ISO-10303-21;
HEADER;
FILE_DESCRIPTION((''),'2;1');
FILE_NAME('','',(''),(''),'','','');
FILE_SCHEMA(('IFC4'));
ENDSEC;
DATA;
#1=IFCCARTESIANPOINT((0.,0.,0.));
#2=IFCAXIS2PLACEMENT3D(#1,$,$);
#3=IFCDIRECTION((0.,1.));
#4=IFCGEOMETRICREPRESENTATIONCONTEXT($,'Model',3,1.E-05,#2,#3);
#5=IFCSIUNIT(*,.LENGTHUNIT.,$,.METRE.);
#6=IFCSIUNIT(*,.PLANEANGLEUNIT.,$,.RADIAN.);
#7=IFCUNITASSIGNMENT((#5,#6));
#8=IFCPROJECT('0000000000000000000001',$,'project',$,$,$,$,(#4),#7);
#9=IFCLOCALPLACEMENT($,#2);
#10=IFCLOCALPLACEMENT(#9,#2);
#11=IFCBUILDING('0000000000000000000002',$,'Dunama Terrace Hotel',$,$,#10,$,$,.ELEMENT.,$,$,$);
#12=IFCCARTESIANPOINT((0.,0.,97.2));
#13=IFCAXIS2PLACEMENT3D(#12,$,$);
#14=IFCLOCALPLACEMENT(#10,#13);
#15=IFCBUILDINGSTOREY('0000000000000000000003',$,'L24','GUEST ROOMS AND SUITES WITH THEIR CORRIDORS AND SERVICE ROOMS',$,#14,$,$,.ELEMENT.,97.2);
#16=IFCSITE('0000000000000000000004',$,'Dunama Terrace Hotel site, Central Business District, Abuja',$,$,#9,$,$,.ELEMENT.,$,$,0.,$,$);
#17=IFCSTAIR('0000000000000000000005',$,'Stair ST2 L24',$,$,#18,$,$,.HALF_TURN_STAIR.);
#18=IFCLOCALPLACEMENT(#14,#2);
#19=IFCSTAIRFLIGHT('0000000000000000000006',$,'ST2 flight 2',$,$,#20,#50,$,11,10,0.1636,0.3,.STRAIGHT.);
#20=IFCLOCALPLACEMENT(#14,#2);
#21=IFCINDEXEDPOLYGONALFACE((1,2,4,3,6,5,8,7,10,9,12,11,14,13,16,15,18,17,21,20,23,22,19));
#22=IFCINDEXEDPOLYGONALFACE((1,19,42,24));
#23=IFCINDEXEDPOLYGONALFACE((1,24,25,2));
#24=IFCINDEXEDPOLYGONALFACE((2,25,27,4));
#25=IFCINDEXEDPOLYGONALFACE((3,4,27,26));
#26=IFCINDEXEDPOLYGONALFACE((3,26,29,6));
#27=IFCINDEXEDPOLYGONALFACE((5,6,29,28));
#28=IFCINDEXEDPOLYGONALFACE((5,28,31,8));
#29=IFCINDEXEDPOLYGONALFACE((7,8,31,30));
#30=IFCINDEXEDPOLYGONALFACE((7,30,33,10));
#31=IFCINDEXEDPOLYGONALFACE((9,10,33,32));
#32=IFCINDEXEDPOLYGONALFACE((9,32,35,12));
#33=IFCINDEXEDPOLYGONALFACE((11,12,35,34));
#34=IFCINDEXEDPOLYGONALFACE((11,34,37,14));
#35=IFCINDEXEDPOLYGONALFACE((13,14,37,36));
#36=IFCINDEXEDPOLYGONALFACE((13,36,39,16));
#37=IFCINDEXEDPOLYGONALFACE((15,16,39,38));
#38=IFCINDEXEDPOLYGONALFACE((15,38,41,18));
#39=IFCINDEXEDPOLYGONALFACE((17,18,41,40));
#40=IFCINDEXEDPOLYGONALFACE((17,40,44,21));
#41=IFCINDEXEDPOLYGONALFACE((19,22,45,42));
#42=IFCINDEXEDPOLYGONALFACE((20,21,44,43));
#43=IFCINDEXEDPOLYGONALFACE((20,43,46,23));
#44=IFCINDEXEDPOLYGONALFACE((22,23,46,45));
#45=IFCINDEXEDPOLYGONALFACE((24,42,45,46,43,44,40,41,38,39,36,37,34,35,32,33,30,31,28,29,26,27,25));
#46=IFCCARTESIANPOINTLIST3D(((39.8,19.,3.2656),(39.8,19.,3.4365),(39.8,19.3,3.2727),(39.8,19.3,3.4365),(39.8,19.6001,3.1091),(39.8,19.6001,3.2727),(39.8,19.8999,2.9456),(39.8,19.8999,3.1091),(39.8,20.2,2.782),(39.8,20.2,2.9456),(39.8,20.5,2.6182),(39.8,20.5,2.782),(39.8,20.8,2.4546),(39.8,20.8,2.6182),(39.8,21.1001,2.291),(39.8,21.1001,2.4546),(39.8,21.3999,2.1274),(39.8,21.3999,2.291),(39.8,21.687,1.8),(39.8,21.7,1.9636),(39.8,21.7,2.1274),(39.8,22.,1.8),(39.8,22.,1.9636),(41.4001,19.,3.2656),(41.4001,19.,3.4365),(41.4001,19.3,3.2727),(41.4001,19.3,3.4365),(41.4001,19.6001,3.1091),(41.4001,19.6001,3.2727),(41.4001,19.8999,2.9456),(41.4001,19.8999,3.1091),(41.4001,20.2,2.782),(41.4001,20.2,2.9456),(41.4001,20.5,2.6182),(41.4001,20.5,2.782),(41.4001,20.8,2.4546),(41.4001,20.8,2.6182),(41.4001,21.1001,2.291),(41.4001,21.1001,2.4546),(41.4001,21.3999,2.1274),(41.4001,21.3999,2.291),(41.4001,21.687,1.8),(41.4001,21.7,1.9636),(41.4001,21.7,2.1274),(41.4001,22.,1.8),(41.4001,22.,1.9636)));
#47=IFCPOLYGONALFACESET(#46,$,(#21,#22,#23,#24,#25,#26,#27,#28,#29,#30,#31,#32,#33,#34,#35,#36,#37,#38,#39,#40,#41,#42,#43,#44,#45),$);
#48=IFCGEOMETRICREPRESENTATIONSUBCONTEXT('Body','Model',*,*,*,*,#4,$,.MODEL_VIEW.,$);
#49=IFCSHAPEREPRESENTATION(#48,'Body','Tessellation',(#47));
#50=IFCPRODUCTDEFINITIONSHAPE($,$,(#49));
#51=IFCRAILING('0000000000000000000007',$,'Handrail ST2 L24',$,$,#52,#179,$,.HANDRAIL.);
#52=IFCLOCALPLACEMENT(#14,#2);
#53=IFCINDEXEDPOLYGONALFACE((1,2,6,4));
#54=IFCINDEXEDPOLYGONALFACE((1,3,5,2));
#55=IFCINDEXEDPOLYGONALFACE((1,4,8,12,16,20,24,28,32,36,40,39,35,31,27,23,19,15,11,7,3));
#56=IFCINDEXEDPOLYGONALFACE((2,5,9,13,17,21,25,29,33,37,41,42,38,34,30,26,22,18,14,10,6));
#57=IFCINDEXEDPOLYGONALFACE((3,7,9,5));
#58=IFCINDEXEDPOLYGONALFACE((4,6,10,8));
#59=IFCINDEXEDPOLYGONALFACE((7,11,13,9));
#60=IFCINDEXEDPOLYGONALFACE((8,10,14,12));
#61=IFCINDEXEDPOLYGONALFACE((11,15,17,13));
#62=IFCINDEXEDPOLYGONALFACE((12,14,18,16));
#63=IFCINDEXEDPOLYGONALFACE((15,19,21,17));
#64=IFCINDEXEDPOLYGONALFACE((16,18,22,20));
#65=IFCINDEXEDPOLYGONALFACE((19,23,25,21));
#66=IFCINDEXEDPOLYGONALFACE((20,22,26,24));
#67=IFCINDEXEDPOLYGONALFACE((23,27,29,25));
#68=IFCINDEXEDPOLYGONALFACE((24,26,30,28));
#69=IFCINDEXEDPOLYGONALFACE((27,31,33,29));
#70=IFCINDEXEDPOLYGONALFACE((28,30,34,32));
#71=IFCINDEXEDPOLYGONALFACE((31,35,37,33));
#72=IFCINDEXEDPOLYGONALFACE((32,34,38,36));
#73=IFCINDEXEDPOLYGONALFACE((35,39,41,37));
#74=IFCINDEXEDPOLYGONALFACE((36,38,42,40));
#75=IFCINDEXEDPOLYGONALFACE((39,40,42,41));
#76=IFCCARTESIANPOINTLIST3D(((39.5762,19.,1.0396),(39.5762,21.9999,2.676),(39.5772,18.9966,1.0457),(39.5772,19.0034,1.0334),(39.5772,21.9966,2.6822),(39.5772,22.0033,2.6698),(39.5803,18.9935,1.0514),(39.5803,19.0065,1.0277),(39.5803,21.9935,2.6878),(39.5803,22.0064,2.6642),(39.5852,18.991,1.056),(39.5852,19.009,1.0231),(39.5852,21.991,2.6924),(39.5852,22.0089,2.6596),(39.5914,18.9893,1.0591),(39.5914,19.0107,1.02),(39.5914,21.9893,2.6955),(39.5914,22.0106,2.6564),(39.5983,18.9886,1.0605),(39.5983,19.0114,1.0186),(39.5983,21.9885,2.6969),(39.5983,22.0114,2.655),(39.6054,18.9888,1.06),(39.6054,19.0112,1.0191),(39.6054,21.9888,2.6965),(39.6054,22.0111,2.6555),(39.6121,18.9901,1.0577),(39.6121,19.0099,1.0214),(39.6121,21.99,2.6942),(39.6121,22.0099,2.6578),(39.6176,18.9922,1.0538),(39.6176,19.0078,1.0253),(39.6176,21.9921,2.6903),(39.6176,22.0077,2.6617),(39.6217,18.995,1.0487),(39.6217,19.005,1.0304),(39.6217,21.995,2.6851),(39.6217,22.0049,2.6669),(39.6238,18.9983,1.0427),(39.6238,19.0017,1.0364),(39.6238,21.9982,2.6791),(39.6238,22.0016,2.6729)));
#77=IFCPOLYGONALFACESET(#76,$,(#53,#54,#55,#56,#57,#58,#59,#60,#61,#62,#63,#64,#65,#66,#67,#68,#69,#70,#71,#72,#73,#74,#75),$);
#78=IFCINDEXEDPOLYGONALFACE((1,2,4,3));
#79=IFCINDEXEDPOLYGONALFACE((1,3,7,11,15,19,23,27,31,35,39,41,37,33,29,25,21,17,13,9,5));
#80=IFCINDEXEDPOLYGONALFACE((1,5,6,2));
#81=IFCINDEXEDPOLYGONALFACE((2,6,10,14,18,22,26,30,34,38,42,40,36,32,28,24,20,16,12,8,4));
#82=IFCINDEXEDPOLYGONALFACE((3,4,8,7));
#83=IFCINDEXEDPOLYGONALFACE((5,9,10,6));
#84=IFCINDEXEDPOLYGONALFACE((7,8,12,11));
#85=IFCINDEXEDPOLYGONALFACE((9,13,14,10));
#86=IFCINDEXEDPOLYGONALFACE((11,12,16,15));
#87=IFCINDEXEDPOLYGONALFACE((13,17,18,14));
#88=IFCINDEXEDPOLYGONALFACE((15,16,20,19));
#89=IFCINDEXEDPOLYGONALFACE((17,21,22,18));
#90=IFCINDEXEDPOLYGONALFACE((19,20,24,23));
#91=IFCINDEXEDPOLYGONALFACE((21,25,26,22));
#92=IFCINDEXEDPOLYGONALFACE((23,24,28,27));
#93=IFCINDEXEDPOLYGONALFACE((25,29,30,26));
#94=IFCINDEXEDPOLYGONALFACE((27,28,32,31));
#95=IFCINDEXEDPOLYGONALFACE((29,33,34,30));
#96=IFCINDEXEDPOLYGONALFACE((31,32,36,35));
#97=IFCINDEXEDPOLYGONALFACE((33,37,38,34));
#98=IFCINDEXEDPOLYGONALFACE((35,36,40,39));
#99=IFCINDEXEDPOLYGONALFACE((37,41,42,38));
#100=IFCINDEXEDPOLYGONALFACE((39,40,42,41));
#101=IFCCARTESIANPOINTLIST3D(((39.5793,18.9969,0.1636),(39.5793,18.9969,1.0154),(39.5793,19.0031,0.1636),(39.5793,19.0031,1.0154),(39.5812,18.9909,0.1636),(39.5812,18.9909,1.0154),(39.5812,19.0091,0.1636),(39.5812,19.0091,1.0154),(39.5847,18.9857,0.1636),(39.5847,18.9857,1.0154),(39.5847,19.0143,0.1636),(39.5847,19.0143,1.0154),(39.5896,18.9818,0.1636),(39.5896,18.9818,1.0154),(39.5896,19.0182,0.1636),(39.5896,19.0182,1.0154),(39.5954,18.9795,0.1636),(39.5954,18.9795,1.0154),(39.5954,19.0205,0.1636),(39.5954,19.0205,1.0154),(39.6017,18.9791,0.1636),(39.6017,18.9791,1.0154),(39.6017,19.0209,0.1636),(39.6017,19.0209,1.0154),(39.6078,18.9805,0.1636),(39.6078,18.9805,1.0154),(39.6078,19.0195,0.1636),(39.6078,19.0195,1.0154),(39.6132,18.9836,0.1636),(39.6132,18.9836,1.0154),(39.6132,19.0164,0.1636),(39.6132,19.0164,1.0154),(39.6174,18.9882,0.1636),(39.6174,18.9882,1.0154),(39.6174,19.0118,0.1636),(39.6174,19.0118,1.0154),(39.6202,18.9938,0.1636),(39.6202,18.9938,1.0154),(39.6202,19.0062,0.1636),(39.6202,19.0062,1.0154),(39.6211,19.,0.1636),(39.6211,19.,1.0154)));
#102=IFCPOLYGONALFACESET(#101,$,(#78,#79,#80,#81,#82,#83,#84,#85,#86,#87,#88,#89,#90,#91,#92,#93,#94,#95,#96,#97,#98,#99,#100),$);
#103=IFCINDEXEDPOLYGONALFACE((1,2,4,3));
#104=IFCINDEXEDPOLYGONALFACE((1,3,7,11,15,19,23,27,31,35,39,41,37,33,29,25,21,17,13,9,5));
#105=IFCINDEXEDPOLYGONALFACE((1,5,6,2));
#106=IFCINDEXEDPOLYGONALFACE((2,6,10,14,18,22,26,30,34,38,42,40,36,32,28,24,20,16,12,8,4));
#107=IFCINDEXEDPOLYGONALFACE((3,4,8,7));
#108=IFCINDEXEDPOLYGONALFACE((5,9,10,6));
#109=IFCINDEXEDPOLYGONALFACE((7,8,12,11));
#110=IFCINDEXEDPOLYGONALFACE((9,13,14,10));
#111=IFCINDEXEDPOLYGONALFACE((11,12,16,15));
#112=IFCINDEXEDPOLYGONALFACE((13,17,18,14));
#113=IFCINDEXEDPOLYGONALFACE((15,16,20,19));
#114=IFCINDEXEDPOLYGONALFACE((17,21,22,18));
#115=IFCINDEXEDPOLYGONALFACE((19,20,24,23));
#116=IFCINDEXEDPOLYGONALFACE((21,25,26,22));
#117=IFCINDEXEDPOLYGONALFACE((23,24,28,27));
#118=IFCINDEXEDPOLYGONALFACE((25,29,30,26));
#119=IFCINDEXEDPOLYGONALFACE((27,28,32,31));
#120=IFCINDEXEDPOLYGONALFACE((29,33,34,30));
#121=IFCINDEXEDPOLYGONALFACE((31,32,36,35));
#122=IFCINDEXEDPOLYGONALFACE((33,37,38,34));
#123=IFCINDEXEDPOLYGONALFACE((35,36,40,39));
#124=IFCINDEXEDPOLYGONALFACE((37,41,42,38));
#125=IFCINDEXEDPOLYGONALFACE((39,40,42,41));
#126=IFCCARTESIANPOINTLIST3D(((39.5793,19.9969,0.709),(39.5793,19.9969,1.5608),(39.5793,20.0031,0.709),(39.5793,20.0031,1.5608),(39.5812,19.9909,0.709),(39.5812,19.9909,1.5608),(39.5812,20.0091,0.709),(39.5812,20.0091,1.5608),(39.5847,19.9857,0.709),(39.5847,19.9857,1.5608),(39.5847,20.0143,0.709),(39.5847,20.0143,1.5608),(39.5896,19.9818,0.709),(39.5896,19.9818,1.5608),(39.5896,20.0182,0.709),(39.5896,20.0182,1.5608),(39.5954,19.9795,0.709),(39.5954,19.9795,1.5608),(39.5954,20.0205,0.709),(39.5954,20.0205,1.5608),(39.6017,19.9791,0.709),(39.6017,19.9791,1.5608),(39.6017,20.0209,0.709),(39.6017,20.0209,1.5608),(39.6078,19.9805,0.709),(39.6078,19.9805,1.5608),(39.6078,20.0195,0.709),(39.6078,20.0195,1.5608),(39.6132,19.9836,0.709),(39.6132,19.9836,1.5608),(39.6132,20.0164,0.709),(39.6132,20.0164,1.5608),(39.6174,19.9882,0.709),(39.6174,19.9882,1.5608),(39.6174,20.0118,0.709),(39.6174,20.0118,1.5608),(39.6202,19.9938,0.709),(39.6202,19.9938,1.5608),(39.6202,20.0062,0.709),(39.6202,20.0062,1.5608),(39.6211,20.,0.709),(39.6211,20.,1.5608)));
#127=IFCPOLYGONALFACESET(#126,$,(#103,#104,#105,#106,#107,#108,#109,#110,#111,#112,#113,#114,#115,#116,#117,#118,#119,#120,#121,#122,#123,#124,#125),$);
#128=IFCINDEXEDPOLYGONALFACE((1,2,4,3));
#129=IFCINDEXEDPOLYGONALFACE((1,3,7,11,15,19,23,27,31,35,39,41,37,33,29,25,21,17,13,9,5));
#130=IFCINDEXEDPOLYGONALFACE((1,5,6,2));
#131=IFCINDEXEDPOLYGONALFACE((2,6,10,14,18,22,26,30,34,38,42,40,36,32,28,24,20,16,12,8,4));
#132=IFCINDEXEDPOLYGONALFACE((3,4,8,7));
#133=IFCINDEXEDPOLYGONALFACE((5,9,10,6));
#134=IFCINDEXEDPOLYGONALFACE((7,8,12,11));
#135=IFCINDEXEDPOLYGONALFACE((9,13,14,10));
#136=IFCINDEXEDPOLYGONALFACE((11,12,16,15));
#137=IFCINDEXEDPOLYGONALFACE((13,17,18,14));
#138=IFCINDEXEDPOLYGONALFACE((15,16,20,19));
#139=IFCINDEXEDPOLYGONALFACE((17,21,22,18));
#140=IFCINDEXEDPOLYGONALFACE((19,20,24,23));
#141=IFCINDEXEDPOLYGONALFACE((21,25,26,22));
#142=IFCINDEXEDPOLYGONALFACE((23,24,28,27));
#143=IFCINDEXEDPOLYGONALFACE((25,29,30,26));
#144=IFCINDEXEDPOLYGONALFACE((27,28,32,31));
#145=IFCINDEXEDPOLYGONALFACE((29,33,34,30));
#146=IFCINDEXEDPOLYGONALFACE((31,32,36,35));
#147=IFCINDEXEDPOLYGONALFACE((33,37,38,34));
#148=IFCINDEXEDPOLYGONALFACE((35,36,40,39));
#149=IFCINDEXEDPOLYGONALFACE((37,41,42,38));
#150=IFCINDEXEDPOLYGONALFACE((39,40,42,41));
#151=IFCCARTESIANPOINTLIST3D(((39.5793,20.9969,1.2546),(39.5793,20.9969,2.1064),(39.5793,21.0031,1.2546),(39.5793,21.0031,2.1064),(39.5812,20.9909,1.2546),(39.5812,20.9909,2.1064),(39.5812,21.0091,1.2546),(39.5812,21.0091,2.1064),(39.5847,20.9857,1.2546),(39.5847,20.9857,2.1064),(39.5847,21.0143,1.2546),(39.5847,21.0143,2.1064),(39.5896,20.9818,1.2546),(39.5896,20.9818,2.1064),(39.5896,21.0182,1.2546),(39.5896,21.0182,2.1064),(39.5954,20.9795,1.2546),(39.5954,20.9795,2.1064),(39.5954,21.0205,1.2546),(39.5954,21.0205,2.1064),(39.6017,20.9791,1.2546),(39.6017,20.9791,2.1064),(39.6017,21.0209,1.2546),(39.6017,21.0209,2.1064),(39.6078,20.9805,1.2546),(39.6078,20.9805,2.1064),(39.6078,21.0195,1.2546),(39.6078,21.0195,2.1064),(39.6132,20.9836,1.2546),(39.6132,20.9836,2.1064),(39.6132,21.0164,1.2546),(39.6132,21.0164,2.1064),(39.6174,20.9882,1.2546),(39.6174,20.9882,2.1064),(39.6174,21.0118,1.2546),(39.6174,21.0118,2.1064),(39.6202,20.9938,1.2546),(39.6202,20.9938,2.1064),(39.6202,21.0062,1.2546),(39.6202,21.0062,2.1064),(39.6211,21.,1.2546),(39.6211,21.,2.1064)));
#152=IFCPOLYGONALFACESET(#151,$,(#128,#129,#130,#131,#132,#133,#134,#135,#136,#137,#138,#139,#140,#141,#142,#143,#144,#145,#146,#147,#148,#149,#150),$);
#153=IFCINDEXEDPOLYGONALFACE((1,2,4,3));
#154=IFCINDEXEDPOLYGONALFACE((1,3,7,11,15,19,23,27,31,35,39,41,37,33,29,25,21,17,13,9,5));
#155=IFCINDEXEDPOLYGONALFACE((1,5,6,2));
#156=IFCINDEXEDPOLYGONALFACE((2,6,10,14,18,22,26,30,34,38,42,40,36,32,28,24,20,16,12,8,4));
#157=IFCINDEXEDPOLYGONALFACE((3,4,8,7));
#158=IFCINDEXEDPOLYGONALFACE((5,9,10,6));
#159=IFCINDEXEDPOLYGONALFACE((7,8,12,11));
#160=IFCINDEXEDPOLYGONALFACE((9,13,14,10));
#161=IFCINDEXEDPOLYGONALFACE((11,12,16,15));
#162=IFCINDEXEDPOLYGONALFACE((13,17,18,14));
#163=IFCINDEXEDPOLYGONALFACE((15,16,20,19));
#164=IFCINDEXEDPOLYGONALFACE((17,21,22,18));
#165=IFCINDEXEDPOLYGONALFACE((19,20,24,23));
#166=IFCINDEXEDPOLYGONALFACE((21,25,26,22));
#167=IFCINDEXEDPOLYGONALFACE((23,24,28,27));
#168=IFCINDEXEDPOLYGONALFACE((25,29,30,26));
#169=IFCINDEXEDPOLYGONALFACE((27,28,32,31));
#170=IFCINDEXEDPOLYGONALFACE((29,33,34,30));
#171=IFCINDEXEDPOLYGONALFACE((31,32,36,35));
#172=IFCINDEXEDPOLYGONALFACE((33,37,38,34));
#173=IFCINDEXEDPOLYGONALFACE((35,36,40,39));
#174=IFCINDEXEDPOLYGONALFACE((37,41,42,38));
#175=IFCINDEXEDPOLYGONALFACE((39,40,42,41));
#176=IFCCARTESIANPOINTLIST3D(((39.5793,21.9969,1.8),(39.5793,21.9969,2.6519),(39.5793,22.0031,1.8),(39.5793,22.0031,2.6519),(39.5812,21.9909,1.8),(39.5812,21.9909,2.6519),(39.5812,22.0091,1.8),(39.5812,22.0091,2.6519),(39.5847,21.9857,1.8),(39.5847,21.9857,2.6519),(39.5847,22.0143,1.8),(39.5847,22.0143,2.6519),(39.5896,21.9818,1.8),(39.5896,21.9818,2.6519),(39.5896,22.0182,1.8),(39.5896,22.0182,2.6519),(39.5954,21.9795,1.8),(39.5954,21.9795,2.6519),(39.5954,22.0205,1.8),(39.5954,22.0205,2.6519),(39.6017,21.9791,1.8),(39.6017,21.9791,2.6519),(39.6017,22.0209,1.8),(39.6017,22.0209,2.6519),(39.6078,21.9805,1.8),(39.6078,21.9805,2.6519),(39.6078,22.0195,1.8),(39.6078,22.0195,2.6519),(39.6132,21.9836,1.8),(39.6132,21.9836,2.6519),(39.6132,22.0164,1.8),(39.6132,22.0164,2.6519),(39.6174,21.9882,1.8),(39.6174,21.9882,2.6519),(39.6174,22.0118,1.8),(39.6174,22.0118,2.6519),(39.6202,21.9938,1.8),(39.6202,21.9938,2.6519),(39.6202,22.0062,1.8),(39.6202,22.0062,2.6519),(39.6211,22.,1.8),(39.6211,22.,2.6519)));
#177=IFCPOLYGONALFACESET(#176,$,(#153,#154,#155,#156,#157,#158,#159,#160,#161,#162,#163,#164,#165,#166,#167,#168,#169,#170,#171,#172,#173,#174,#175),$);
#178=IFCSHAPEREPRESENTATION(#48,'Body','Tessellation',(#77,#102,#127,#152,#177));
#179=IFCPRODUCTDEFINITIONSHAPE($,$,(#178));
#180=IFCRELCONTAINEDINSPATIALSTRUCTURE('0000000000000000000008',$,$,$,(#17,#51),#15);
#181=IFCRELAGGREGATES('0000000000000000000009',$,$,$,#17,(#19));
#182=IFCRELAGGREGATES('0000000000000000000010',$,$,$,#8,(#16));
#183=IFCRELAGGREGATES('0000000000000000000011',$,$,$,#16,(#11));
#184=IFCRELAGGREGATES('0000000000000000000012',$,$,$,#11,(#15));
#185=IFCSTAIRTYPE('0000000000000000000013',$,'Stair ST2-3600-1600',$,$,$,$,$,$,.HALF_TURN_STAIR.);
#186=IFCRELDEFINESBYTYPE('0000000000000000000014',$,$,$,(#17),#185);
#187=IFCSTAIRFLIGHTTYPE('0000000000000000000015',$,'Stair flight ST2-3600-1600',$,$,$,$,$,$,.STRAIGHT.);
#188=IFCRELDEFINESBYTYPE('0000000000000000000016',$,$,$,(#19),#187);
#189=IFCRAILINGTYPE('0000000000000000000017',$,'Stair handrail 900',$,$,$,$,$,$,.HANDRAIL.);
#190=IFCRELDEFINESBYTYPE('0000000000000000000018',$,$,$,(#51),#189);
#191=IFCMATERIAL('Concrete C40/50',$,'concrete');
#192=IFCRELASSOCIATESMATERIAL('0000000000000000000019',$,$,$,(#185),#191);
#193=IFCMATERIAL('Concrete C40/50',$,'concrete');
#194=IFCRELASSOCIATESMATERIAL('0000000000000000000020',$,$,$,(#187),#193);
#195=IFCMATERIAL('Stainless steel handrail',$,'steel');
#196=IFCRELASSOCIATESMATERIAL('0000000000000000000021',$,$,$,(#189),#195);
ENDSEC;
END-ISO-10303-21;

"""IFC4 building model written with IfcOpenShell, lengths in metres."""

from ifc_helpers import new_model, si_unit, direction, frame, origin, origin_2d, place, context, subcontext, project, spatial, polyline, circle, outline, extrude, material, type_object, element, aggregate, save


model = new_model("IFC4")

# Units and contexts
model_context = context("Model", 3, precision=1e-05, world=origin(), true_north=direction((0.0, 1.0)))
body_context = subcontext(model_context, "Body", "Model", "MODEL_VIEW")
ifc_project = project(units=[si_unit("LENGTHUNIT", "METRE"), si_unit("PLANEANGLEUNIT", "RADIAN")], contexts=[model_context])

# Site, building, storey
site_placement = place(None, origin())
site = spatial("IfcSite", under=ifc_project, at=site_placement, Name="Dunama Terrace Hotel site, Central Business District, Abuja", CompositionType="ELEMENT", RefElevation=0.0)
building_placement = place(site_placement, origin())
building = spatial("IfcBuilding", under=site, at=building_placement, Name="Dunama Terrace Hotel", CompositionType="ELEMENT")
storey_placement = place(building_placement, frame((0.0, 0.0, 97.2)))
storey = spatial("IfcBuildingStorey", under=building, at=storey_placement, Name="L24", Description="GUEST ROOMS AND SUITES WITH THEIR CORRIDORS AND SERVICE ROOMS", CompositionType="ELEMENT", Elevation=97.2)

# Stair, stair flight
ifc_material_1 = material(Name="Concrete C40/50", Category="concrete")
stair_type = type_object("IfcStairType", Name="Stair ST2-3600-1600", PredefinedType="HALF_TURN_STAIR", material=ifc_material_1)
stair_placement = place(storey_placement, origin())
stair = element("IfcStair", 1, at=stair_placement, inside=storey, type_object=stair_type, Name="Stair ST2 L24", PredefinedType="HALF_TURN_STAIR")
ifc_material_2 = material(Name="Concrete C40/50", Category="concrete")
stair_flight_type = type_object("IfcStairFlightType", Name="Stair flight ST2-3600-1600", PredefinedType="STRAIGHT", material=ifc_material_2)
stair_flight_1_placement = place(storey_placement, frame((40.6001, 22.0, 1.8), z_axis=(0.0, 0.0, 1.0), x_axis=(0.0, -1.0, 0.0)))
stair_flight_1 = element("IfcStairFlight", 2, at=stair_flight_1_placement, type_object=stair_flight_type, Name="ST2 flight 2", NumberOfRisers=11, NumberOfTreads=10, PredefinedType="STRAIGHT", RiserHeight=0.1636, TreadLength=0.3, context=body_context, shape_type="SweptSolid", body=[
    extrude(outline(polyline([(0.0, 0.0), (0.0, 0.1636), (0.3, 0.1636), (0.3, 0.3274), (0.6001, 0.3274), (0.6001, 0.491), (0.8999, 0.491), (0.8999, 0.6545), (1.2, 0.6545), (1.2, 0.8181), (1.5, 0.8181), (1.5, 0.9819), (1.8, 0.9819), (1.8, 1.1455), (2.1001, 1.1455), (2.1001, 1.3091), (2.3999, 1.3091), (2.3999, 1.4727), (2.7, 1.4727), (2.7, 1.6365), (3.0, 1.6365), (3.0, 1.8), (3.0, 1.4656), (0.313, 0.0), (0.0, 0.0)])), frame((0.0, 0.8, 0.0), z_axis=(0.0, -1.0, 0.0), x_axis=(1.0, 0.0, 0.0)), (0.0, 0.0, 1.0), 1.6001),
])
aggregate(stair, [stair_flight_1])

# Railing
ifc_material_3 = material(Name="Stainless steel handrail", Category="steel")
railing_type = type_object("IfcRailingType", Name="Stair handrail 900", PredefinedType="HANDRAIL", material=ifc_material_3)
railing_1_placement = place(storey_placement, frame((39.6001, 19.0, 0.1636)))
element("IfcRailing", 3, at=railing_1_placement, inside=storey, type_object=railing_type, Name="Handrail ST2 L24", PredefinedType="HANDRAIL", context=body_context, shape_type="SweptSolid", body=[
    extrude(circle(Radius=0.0239, at=origin_2d()), frame((0.0, 0.0, 0.876), z_axis=(0.0, 0.877882, 0.478877), x_axis=(-1.0, 0.0, 0.0)), (0.0, 0.0, 1.0), 3.4172),
    extrude(circle(Radius=0.021, at=origin_2d()), origin(), (0.0, 0.0, 1.0), 0.8518),
    extrude(circle(Radius=0.021, at=origin_2d()), frame((0.0, 1.0, 0.5454)), (0.0, 0.0, 1.0), 0.8518),
    extrude(circle(Radius=0.021, at=origin_2d()), frame((0.0, 2.0, 1.0911)), (0.0, 0.0, 1.0), 0.8518),
    extrude(circle(Radius=0.021, at=origin_2d()), frame((0.0, 3.0, 1.6365)), (0.0, 0.0, 1.0), 0.8518),
])

save(model, "model.ifc")
